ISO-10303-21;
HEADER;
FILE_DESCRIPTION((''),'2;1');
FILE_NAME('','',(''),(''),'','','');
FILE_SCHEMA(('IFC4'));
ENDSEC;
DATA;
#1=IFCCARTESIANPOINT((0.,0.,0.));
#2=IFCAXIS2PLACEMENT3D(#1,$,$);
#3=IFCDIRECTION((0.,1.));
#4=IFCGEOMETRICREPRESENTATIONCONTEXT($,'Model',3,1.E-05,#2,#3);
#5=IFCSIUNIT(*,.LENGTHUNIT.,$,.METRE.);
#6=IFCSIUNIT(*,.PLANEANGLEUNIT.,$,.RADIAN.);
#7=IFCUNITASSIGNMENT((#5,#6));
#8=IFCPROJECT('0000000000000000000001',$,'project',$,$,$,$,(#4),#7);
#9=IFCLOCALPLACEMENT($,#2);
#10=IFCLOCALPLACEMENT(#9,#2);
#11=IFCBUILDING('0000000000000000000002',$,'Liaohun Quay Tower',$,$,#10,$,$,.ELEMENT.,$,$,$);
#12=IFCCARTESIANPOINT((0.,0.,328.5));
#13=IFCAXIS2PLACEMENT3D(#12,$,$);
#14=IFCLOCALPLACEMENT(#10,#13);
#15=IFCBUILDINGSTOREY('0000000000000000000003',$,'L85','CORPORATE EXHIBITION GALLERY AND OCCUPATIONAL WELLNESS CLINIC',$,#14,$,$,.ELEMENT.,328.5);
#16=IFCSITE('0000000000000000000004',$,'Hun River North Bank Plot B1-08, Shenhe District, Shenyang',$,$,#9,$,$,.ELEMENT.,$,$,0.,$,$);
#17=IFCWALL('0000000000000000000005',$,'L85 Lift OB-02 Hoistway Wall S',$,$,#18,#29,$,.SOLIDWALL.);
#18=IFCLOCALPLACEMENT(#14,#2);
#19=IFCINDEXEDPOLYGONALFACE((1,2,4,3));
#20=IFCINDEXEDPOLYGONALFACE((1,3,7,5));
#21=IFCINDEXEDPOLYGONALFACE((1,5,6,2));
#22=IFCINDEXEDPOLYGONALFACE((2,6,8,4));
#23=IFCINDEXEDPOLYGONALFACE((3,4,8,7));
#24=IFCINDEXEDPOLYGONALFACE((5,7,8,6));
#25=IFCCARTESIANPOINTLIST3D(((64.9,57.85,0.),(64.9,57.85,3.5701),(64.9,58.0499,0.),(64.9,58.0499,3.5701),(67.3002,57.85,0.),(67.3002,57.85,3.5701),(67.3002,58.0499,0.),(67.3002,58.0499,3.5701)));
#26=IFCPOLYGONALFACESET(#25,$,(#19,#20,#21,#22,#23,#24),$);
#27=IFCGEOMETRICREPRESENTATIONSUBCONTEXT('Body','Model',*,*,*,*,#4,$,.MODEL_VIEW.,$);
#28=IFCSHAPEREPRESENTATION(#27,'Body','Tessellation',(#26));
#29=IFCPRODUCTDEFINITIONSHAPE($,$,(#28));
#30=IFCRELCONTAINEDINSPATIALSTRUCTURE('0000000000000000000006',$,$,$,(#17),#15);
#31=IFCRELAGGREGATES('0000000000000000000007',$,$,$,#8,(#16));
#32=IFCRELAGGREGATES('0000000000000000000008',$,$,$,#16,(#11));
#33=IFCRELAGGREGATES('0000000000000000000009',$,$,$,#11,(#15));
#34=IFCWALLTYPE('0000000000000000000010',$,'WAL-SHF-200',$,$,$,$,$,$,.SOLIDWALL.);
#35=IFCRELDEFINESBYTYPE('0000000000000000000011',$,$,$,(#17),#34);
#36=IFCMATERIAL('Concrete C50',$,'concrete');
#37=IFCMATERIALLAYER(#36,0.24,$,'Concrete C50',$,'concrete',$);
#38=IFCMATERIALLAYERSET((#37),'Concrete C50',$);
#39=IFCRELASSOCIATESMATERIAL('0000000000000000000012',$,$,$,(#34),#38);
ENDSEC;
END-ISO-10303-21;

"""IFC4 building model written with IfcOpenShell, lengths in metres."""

from ifc_helpers import new_model, si_unit, direction, frame, frame_2d, origin, place, context, subcontext, project, spatial, rectangle, extrude, material, layer, layer_set, type_object, element, save


model = new_model("IFC4")

# Units and contexts
model_context = context("Model", 3, precision=1e-05, world=origin(), true_north=direction((0.0, 1.0)))
body_context = subcontext(model_context, "Body", "Model", "MODEL_VIEW")
ifc_project = project(units=[si_unit("LENGTHUNIT", "METRE"), si_unit("PLANEANGLEUNIT", "RADIAN")], contexts=[model_context])

# Site, building, storey
site_placement = place(None, origin())
site = spatial("IfcSite", under=ifc_project, at=site_placement, Name="Hun River North Bank Plot B1-08, Shenhe District, Shenyang", CompositionType="ELEMENT", RefElevation=0.0)
building_placement = place(site_placement, origin())
building = spatial("IfcBuilding", under=site, at=building_placement, Name="Liaohun Quay Tower", CompositionType="ELEMENT")
storey_placement = place(building_placement, frame((0.0, 0.0, 328.5)))
storey = spatial("IfcBuildingStorey", under=building, at=storey_placement, Name="L85", Description="CORPORATE EXHIBITION GALLERY AND OCCUPATIONAL WELLNESS CLINIC", CompositionType="ELEMENT", Elevation=328.5)

# Shared definitions
ifc_material_1 = material(Name="Concrete C50", Category="concrete")

# Wall
ifc_layer_1 = layer(ifc_material_1, 0.24, Name="Concrete C50", Category="concrete")
ifc_layer_set_1 = layer_set([ifc_layer_1], Name="Concrete C50")
wall_type_1 = type_object("IfcWallType", Name="WAL-SHF-200", PredefinedType="SOLIDWALL", material=ifc_layer_set_1)
wall_1_placement = place(storey_placement, frame((64.8999, 57.95, 0.0), z_axis=(0.0, 0.0, 1.0), x_axis=(1.0, 0.0, 0.0)))
element("IfcWall", 1, at=wall_1_placement, inside=storey, type_object=wall_type_1, Name="L85 Lift OB-02 Hoistway Wall S", PredefinedType="SOLIDWALL", context=body_context, shape_type="SweptSolid", body=[
    extrude(rectangle(XDim=2.4001, YDim=0.2, at=frame_2d((1.2002, 0.0))), origin(), (0.0, 0.0, 1.0), 3.5701),
])

save(model, "model.ifc")
